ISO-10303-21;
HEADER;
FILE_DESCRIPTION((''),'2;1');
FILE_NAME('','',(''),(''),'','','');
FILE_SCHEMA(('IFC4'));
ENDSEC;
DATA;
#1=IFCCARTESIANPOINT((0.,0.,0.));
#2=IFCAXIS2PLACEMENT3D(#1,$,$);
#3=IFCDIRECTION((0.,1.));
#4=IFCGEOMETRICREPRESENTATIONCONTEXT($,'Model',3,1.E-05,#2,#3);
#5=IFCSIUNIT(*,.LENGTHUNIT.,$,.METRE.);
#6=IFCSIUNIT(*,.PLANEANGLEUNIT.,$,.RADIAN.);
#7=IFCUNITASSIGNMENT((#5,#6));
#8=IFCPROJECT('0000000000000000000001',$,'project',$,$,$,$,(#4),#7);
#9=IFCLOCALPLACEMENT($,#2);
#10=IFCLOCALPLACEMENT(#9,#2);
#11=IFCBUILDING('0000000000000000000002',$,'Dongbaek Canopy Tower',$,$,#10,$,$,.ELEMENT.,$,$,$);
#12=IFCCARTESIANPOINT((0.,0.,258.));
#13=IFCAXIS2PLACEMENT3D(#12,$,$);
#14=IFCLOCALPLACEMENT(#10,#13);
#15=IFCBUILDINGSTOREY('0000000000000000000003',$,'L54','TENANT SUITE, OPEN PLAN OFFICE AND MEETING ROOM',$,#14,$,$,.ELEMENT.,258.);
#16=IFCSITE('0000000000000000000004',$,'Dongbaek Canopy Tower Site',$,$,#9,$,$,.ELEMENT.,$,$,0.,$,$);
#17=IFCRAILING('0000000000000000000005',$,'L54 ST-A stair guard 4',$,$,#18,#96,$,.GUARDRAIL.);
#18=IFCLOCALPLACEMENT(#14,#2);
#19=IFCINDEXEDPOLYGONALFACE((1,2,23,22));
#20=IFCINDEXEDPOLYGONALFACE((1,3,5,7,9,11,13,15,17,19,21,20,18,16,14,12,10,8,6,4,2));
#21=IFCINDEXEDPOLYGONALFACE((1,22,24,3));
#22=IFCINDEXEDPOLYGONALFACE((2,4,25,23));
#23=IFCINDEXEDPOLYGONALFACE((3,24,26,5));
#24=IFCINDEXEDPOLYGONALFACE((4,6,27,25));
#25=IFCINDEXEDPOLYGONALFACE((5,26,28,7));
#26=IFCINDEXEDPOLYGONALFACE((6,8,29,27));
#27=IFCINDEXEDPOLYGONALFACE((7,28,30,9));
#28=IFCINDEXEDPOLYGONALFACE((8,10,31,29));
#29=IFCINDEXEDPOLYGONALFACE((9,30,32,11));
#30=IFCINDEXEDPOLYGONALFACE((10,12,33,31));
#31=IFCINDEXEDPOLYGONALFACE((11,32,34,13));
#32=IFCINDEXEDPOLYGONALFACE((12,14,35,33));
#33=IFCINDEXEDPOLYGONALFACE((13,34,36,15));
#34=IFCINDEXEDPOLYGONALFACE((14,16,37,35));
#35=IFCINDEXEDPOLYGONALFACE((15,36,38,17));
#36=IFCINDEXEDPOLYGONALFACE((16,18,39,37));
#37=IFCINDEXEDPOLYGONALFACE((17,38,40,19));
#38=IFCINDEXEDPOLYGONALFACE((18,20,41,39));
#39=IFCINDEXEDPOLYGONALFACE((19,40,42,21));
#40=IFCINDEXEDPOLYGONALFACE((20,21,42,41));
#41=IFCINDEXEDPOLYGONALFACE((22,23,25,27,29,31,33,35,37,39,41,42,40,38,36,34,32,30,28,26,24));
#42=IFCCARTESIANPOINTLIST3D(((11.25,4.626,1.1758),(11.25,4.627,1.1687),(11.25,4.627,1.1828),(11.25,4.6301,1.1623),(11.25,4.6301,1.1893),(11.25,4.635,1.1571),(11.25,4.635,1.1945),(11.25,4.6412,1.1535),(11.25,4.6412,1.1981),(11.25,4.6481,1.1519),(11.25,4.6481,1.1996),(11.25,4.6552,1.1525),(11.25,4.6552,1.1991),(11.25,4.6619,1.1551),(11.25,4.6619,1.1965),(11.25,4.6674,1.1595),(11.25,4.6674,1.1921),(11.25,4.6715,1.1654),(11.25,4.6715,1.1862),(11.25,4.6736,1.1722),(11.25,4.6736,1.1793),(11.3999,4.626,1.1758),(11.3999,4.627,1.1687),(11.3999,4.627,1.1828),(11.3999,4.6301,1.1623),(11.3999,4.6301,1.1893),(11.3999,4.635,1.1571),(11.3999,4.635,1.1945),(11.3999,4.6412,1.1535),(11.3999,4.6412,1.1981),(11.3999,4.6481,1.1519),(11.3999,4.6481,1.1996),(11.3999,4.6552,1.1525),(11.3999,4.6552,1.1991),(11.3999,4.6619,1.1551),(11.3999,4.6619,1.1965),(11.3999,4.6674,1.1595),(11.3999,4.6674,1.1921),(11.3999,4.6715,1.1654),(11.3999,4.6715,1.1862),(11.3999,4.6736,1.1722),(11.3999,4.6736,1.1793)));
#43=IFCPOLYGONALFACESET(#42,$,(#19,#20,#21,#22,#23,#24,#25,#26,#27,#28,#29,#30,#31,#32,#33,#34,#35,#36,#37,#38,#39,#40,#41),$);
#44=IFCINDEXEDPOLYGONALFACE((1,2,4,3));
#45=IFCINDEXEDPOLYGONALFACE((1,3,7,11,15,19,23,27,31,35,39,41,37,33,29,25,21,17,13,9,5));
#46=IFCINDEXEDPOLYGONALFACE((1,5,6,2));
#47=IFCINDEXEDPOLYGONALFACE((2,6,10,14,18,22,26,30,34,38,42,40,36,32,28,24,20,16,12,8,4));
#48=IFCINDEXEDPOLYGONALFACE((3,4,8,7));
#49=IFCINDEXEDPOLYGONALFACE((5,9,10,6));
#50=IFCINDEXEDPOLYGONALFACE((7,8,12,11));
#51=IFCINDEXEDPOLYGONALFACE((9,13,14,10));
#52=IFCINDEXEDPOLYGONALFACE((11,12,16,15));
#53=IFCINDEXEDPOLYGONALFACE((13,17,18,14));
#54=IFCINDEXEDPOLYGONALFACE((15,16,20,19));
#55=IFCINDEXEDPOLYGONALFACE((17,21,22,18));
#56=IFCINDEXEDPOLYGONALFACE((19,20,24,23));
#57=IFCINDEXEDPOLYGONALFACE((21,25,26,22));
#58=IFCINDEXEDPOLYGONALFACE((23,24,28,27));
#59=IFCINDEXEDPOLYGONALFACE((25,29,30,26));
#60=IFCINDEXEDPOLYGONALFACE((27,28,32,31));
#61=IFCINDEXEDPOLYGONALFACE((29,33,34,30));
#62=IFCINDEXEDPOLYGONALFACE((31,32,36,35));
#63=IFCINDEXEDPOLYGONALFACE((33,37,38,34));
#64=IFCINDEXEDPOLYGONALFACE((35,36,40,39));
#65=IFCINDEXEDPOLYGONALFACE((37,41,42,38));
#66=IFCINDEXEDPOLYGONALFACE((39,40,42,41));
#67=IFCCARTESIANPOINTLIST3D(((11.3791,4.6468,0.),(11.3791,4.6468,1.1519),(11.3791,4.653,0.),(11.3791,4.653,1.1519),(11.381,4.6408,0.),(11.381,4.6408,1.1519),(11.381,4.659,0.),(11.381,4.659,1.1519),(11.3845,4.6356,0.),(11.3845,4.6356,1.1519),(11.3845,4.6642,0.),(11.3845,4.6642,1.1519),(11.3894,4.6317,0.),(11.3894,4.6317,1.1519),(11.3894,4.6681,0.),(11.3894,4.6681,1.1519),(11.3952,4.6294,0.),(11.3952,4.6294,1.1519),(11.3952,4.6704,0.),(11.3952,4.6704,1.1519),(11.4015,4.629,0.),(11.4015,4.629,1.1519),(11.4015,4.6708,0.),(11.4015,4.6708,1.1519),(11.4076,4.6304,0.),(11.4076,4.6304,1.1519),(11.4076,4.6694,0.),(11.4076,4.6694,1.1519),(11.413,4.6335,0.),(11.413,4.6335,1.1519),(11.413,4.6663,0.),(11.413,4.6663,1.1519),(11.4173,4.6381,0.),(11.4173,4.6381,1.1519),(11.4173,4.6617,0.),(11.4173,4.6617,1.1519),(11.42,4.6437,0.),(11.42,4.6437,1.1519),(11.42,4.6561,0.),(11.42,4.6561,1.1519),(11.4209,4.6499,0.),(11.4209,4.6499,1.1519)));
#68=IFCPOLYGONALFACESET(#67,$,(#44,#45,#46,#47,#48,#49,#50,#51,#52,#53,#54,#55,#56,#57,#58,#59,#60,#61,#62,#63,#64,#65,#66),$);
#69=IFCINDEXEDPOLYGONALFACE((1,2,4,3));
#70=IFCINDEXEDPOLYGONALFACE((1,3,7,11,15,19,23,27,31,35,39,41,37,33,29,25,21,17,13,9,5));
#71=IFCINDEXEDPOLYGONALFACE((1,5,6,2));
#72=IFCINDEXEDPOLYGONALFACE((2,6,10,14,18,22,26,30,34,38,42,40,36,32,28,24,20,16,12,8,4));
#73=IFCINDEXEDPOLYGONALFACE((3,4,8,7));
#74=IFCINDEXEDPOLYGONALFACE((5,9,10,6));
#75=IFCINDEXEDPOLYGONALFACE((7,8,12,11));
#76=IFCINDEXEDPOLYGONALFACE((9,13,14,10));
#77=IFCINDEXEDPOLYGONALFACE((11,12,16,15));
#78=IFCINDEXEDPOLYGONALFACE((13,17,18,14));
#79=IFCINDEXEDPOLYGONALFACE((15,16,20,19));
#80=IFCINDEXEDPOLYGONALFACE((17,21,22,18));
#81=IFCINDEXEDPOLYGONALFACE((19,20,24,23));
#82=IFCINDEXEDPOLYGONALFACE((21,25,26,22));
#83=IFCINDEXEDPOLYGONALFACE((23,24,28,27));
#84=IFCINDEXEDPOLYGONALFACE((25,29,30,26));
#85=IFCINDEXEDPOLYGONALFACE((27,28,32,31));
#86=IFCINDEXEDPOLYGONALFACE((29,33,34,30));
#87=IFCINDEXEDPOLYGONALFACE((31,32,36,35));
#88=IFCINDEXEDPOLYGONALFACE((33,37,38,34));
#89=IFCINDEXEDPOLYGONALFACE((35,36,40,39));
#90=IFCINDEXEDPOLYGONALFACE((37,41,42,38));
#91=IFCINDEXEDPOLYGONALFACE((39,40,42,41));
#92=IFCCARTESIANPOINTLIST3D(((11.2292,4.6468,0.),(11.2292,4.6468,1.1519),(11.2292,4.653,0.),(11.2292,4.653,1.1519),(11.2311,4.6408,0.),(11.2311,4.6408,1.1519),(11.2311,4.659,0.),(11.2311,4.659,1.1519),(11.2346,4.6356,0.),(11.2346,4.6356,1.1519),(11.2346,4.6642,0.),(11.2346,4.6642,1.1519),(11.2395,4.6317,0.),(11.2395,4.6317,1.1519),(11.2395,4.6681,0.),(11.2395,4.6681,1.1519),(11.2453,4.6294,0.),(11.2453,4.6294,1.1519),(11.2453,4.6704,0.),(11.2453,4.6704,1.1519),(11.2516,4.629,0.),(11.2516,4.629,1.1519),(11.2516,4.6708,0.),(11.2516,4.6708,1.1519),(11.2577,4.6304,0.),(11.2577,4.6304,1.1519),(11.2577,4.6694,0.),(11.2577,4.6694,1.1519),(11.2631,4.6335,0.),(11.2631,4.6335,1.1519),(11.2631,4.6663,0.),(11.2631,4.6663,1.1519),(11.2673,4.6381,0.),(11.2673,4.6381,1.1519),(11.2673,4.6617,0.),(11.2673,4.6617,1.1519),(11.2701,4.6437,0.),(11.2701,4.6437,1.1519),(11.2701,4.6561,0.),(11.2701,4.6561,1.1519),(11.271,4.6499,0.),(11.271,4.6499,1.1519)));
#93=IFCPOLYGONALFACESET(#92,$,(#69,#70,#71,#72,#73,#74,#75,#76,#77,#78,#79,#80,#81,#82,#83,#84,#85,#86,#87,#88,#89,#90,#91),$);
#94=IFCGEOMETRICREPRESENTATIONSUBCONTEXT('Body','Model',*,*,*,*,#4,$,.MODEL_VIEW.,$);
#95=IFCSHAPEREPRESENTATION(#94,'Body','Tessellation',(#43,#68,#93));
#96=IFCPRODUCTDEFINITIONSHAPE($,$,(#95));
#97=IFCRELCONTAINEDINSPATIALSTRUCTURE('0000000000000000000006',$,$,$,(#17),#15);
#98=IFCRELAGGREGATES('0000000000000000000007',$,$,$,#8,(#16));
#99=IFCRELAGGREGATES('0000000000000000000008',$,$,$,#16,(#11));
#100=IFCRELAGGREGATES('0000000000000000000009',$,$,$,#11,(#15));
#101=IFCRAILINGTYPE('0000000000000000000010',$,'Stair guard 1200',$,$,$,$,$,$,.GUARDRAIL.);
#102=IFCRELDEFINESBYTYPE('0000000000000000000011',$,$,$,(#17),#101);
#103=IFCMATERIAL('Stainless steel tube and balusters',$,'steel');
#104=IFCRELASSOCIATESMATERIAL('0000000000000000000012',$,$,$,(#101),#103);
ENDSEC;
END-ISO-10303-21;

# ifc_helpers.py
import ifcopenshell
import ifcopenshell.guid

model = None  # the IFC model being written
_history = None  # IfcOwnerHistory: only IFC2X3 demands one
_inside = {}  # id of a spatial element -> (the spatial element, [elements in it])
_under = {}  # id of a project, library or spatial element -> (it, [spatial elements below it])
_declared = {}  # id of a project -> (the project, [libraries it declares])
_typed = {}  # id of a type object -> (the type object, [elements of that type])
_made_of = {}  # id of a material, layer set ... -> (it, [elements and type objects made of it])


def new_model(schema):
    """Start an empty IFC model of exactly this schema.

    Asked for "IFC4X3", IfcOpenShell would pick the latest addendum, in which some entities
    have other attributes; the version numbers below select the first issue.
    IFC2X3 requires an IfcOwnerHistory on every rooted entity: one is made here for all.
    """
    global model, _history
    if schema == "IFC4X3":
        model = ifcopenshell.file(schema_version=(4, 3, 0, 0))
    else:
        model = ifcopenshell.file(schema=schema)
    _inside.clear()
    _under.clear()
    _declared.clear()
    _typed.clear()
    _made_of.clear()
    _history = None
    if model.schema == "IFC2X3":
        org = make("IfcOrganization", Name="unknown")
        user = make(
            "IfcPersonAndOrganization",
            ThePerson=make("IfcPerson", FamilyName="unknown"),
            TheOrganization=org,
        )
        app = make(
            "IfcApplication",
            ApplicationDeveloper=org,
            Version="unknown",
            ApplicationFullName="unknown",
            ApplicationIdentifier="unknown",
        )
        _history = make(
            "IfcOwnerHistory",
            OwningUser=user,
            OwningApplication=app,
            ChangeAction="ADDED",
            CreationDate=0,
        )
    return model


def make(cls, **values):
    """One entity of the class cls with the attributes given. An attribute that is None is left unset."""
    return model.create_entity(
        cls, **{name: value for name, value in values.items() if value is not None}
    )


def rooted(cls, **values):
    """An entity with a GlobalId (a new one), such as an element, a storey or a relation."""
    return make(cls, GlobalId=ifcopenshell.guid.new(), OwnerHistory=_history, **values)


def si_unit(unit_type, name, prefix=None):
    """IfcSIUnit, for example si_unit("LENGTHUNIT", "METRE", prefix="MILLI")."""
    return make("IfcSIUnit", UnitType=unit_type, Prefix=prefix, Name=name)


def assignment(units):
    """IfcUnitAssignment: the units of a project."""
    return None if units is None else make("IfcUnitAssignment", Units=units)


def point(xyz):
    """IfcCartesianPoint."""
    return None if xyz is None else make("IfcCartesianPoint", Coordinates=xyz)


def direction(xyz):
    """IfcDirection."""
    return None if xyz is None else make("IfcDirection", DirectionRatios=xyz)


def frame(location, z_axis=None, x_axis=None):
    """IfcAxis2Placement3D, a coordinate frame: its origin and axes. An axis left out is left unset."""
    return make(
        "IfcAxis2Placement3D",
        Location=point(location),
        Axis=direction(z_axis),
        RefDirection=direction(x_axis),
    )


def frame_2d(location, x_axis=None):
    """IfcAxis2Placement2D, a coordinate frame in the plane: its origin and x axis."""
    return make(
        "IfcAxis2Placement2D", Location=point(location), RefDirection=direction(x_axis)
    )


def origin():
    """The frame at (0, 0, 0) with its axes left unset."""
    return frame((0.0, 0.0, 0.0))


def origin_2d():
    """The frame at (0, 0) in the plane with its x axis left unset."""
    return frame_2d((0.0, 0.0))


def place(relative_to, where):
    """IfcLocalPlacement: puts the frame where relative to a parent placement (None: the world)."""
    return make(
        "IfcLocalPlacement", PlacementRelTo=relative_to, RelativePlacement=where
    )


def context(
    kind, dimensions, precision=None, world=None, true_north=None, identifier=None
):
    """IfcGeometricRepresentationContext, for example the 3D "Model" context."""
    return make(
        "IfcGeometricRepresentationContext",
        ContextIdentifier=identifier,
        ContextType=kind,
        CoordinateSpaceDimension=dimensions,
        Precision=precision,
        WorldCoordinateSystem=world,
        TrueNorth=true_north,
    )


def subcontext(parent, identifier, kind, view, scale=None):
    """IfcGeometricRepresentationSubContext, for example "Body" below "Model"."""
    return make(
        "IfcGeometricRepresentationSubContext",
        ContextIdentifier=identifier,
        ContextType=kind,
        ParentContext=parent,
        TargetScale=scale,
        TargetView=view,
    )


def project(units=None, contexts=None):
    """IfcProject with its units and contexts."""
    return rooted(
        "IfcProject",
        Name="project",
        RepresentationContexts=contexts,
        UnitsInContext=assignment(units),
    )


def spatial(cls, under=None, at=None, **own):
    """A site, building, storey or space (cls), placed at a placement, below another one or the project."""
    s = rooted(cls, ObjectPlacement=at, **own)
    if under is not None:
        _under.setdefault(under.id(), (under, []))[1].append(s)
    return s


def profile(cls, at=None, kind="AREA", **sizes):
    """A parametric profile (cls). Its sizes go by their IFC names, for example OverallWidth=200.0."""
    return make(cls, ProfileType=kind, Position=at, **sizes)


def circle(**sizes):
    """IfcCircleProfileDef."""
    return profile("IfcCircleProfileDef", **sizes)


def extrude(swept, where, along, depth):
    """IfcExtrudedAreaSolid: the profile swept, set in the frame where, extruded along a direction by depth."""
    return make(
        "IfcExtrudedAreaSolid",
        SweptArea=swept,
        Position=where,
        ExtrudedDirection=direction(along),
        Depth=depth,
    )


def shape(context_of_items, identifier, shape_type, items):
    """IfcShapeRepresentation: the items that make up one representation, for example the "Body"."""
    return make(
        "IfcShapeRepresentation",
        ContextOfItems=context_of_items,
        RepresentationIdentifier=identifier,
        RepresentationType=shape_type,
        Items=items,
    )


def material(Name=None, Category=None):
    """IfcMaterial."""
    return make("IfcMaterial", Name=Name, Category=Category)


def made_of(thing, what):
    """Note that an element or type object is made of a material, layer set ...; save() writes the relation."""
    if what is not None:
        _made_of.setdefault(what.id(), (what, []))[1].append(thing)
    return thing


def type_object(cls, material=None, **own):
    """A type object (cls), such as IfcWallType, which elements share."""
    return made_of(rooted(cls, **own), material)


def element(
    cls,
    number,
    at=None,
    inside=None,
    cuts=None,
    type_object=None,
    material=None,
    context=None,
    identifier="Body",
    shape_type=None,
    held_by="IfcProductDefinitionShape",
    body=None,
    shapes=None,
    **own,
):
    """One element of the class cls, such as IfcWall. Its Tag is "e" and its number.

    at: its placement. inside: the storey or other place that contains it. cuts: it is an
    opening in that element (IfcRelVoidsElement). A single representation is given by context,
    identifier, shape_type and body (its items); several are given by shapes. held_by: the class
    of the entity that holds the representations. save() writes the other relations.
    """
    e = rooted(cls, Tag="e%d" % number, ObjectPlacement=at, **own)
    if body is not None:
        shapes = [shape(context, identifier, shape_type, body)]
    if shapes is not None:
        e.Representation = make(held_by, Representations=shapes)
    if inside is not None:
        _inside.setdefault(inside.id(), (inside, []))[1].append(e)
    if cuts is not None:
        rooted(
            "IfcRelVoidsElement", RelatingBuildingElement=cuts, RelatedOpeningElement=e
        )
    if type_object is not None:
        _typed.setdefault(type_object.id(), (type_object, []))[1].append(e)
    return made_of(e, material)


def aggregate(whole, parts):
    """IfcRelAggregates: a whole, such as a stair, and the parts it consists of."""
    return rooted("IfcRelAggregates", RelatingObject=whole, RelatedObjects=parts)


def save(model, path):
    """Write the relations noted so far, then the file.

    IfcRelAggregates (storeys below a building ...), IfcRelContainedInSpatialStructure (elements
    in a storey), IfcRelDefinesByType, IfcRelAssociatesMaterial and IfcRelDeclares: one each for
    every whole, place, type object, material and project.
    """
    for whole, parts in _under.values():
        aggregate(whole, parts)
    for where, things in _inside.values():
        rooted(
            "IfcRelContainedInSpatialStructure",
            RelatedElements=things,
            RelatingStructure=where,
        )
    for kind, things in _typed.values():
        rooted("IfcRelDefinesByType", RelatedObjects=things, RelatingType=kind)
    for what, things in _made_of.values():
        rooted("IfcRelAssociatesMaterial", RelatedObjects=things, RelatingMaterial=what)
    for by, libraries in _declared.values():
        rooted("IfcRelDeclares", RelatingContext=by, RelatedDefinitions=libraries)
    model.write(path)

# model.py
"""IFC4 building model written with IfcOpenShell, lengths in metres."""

from ifc_helpers import new_model, si_unit, direction, frame, origin, origin_2d, place, context, subcontext, project, spatial, circle, extrude, material, type_object, element, save


model = new_model("IFC4")

# Units and contexts
model_context = context("Model", 3, precision=1e-05, world=origin(), true_north=direction((0.0, 1.0)))
body_context = subcontext(model_context, "Body", "Model", "MODEL_VIEW")
ifc_project = project(units=[si_unit("LENGTHUNIT", "METRE"), si_unit("PLANEANGLEUNIT", "RADIAN")], contexts=[model_context])

# Site, building, storey
site_placement = place(None, origin())
site = spatial("IfcSite", under=ifc_project, at=site_placement, Name="Dongbaek Canopy Tower Site", CompositionType="ELEMENT", RefElevation=0.0)
building_placement = place(site_placement, origin())
building = spatial("IfcBuilding", under=site, at=building_placement, Name="Dongbaek Canopy Tower", CompositionType="ELEMENT")
storey_placement = place(building_placement, frame((0.0, 0.0, 258.0)))
storey = spatial("IfcBuildingStorey", under=building, at=storey_placement, Name="L54", Description="TENANT SUITE, OPEN PLAN OFFICE AND MEETING ROOM", CompositionType="ELEMENT", Elevation=258.0)

# Railing
ifc_material_1 = material(Name="Stainless steel tube and balusters", Category="steel")
railing_type_1 = type_object("IfcRailingType", Name="Stair guard 1200", PredefinedType="GUARDRAIL", material=ifc_material_1)
railing_1_placement = place(storey_placement, frame((11.3999, 4.6499, 0.0)))
element("IfcRailing", 1, at=railing_1_placement, inside=storey, type_object=railing_type_1, Name="L54 ST-A stair guard 4", PredefinedType="GUARDRAIL", context=body_context, shape_type="SweptSolid", body=[
    extrude(circle(Radius=0.0239, at=origin_2d()), frame((0.0, 0.0, 1.1758), z_axis=(-1.0, 0.0, 0.0), x_axis=(0.0, -1.0, 0.0)), (0.0, 0.0, 1.0), 0.1499),
    extrude(circle(Radius=0.021, at=origin_2d()), origin(), (0.0, 0.0, 1.0), 1.1519),
    extrude(circle(Radius=0.021, at=origin_2d()), frame((-0.1499, 0.0, 0.0)), (0.0, 0.0, 1.0), 1.1519),
])

save(model, "model.ifc")
